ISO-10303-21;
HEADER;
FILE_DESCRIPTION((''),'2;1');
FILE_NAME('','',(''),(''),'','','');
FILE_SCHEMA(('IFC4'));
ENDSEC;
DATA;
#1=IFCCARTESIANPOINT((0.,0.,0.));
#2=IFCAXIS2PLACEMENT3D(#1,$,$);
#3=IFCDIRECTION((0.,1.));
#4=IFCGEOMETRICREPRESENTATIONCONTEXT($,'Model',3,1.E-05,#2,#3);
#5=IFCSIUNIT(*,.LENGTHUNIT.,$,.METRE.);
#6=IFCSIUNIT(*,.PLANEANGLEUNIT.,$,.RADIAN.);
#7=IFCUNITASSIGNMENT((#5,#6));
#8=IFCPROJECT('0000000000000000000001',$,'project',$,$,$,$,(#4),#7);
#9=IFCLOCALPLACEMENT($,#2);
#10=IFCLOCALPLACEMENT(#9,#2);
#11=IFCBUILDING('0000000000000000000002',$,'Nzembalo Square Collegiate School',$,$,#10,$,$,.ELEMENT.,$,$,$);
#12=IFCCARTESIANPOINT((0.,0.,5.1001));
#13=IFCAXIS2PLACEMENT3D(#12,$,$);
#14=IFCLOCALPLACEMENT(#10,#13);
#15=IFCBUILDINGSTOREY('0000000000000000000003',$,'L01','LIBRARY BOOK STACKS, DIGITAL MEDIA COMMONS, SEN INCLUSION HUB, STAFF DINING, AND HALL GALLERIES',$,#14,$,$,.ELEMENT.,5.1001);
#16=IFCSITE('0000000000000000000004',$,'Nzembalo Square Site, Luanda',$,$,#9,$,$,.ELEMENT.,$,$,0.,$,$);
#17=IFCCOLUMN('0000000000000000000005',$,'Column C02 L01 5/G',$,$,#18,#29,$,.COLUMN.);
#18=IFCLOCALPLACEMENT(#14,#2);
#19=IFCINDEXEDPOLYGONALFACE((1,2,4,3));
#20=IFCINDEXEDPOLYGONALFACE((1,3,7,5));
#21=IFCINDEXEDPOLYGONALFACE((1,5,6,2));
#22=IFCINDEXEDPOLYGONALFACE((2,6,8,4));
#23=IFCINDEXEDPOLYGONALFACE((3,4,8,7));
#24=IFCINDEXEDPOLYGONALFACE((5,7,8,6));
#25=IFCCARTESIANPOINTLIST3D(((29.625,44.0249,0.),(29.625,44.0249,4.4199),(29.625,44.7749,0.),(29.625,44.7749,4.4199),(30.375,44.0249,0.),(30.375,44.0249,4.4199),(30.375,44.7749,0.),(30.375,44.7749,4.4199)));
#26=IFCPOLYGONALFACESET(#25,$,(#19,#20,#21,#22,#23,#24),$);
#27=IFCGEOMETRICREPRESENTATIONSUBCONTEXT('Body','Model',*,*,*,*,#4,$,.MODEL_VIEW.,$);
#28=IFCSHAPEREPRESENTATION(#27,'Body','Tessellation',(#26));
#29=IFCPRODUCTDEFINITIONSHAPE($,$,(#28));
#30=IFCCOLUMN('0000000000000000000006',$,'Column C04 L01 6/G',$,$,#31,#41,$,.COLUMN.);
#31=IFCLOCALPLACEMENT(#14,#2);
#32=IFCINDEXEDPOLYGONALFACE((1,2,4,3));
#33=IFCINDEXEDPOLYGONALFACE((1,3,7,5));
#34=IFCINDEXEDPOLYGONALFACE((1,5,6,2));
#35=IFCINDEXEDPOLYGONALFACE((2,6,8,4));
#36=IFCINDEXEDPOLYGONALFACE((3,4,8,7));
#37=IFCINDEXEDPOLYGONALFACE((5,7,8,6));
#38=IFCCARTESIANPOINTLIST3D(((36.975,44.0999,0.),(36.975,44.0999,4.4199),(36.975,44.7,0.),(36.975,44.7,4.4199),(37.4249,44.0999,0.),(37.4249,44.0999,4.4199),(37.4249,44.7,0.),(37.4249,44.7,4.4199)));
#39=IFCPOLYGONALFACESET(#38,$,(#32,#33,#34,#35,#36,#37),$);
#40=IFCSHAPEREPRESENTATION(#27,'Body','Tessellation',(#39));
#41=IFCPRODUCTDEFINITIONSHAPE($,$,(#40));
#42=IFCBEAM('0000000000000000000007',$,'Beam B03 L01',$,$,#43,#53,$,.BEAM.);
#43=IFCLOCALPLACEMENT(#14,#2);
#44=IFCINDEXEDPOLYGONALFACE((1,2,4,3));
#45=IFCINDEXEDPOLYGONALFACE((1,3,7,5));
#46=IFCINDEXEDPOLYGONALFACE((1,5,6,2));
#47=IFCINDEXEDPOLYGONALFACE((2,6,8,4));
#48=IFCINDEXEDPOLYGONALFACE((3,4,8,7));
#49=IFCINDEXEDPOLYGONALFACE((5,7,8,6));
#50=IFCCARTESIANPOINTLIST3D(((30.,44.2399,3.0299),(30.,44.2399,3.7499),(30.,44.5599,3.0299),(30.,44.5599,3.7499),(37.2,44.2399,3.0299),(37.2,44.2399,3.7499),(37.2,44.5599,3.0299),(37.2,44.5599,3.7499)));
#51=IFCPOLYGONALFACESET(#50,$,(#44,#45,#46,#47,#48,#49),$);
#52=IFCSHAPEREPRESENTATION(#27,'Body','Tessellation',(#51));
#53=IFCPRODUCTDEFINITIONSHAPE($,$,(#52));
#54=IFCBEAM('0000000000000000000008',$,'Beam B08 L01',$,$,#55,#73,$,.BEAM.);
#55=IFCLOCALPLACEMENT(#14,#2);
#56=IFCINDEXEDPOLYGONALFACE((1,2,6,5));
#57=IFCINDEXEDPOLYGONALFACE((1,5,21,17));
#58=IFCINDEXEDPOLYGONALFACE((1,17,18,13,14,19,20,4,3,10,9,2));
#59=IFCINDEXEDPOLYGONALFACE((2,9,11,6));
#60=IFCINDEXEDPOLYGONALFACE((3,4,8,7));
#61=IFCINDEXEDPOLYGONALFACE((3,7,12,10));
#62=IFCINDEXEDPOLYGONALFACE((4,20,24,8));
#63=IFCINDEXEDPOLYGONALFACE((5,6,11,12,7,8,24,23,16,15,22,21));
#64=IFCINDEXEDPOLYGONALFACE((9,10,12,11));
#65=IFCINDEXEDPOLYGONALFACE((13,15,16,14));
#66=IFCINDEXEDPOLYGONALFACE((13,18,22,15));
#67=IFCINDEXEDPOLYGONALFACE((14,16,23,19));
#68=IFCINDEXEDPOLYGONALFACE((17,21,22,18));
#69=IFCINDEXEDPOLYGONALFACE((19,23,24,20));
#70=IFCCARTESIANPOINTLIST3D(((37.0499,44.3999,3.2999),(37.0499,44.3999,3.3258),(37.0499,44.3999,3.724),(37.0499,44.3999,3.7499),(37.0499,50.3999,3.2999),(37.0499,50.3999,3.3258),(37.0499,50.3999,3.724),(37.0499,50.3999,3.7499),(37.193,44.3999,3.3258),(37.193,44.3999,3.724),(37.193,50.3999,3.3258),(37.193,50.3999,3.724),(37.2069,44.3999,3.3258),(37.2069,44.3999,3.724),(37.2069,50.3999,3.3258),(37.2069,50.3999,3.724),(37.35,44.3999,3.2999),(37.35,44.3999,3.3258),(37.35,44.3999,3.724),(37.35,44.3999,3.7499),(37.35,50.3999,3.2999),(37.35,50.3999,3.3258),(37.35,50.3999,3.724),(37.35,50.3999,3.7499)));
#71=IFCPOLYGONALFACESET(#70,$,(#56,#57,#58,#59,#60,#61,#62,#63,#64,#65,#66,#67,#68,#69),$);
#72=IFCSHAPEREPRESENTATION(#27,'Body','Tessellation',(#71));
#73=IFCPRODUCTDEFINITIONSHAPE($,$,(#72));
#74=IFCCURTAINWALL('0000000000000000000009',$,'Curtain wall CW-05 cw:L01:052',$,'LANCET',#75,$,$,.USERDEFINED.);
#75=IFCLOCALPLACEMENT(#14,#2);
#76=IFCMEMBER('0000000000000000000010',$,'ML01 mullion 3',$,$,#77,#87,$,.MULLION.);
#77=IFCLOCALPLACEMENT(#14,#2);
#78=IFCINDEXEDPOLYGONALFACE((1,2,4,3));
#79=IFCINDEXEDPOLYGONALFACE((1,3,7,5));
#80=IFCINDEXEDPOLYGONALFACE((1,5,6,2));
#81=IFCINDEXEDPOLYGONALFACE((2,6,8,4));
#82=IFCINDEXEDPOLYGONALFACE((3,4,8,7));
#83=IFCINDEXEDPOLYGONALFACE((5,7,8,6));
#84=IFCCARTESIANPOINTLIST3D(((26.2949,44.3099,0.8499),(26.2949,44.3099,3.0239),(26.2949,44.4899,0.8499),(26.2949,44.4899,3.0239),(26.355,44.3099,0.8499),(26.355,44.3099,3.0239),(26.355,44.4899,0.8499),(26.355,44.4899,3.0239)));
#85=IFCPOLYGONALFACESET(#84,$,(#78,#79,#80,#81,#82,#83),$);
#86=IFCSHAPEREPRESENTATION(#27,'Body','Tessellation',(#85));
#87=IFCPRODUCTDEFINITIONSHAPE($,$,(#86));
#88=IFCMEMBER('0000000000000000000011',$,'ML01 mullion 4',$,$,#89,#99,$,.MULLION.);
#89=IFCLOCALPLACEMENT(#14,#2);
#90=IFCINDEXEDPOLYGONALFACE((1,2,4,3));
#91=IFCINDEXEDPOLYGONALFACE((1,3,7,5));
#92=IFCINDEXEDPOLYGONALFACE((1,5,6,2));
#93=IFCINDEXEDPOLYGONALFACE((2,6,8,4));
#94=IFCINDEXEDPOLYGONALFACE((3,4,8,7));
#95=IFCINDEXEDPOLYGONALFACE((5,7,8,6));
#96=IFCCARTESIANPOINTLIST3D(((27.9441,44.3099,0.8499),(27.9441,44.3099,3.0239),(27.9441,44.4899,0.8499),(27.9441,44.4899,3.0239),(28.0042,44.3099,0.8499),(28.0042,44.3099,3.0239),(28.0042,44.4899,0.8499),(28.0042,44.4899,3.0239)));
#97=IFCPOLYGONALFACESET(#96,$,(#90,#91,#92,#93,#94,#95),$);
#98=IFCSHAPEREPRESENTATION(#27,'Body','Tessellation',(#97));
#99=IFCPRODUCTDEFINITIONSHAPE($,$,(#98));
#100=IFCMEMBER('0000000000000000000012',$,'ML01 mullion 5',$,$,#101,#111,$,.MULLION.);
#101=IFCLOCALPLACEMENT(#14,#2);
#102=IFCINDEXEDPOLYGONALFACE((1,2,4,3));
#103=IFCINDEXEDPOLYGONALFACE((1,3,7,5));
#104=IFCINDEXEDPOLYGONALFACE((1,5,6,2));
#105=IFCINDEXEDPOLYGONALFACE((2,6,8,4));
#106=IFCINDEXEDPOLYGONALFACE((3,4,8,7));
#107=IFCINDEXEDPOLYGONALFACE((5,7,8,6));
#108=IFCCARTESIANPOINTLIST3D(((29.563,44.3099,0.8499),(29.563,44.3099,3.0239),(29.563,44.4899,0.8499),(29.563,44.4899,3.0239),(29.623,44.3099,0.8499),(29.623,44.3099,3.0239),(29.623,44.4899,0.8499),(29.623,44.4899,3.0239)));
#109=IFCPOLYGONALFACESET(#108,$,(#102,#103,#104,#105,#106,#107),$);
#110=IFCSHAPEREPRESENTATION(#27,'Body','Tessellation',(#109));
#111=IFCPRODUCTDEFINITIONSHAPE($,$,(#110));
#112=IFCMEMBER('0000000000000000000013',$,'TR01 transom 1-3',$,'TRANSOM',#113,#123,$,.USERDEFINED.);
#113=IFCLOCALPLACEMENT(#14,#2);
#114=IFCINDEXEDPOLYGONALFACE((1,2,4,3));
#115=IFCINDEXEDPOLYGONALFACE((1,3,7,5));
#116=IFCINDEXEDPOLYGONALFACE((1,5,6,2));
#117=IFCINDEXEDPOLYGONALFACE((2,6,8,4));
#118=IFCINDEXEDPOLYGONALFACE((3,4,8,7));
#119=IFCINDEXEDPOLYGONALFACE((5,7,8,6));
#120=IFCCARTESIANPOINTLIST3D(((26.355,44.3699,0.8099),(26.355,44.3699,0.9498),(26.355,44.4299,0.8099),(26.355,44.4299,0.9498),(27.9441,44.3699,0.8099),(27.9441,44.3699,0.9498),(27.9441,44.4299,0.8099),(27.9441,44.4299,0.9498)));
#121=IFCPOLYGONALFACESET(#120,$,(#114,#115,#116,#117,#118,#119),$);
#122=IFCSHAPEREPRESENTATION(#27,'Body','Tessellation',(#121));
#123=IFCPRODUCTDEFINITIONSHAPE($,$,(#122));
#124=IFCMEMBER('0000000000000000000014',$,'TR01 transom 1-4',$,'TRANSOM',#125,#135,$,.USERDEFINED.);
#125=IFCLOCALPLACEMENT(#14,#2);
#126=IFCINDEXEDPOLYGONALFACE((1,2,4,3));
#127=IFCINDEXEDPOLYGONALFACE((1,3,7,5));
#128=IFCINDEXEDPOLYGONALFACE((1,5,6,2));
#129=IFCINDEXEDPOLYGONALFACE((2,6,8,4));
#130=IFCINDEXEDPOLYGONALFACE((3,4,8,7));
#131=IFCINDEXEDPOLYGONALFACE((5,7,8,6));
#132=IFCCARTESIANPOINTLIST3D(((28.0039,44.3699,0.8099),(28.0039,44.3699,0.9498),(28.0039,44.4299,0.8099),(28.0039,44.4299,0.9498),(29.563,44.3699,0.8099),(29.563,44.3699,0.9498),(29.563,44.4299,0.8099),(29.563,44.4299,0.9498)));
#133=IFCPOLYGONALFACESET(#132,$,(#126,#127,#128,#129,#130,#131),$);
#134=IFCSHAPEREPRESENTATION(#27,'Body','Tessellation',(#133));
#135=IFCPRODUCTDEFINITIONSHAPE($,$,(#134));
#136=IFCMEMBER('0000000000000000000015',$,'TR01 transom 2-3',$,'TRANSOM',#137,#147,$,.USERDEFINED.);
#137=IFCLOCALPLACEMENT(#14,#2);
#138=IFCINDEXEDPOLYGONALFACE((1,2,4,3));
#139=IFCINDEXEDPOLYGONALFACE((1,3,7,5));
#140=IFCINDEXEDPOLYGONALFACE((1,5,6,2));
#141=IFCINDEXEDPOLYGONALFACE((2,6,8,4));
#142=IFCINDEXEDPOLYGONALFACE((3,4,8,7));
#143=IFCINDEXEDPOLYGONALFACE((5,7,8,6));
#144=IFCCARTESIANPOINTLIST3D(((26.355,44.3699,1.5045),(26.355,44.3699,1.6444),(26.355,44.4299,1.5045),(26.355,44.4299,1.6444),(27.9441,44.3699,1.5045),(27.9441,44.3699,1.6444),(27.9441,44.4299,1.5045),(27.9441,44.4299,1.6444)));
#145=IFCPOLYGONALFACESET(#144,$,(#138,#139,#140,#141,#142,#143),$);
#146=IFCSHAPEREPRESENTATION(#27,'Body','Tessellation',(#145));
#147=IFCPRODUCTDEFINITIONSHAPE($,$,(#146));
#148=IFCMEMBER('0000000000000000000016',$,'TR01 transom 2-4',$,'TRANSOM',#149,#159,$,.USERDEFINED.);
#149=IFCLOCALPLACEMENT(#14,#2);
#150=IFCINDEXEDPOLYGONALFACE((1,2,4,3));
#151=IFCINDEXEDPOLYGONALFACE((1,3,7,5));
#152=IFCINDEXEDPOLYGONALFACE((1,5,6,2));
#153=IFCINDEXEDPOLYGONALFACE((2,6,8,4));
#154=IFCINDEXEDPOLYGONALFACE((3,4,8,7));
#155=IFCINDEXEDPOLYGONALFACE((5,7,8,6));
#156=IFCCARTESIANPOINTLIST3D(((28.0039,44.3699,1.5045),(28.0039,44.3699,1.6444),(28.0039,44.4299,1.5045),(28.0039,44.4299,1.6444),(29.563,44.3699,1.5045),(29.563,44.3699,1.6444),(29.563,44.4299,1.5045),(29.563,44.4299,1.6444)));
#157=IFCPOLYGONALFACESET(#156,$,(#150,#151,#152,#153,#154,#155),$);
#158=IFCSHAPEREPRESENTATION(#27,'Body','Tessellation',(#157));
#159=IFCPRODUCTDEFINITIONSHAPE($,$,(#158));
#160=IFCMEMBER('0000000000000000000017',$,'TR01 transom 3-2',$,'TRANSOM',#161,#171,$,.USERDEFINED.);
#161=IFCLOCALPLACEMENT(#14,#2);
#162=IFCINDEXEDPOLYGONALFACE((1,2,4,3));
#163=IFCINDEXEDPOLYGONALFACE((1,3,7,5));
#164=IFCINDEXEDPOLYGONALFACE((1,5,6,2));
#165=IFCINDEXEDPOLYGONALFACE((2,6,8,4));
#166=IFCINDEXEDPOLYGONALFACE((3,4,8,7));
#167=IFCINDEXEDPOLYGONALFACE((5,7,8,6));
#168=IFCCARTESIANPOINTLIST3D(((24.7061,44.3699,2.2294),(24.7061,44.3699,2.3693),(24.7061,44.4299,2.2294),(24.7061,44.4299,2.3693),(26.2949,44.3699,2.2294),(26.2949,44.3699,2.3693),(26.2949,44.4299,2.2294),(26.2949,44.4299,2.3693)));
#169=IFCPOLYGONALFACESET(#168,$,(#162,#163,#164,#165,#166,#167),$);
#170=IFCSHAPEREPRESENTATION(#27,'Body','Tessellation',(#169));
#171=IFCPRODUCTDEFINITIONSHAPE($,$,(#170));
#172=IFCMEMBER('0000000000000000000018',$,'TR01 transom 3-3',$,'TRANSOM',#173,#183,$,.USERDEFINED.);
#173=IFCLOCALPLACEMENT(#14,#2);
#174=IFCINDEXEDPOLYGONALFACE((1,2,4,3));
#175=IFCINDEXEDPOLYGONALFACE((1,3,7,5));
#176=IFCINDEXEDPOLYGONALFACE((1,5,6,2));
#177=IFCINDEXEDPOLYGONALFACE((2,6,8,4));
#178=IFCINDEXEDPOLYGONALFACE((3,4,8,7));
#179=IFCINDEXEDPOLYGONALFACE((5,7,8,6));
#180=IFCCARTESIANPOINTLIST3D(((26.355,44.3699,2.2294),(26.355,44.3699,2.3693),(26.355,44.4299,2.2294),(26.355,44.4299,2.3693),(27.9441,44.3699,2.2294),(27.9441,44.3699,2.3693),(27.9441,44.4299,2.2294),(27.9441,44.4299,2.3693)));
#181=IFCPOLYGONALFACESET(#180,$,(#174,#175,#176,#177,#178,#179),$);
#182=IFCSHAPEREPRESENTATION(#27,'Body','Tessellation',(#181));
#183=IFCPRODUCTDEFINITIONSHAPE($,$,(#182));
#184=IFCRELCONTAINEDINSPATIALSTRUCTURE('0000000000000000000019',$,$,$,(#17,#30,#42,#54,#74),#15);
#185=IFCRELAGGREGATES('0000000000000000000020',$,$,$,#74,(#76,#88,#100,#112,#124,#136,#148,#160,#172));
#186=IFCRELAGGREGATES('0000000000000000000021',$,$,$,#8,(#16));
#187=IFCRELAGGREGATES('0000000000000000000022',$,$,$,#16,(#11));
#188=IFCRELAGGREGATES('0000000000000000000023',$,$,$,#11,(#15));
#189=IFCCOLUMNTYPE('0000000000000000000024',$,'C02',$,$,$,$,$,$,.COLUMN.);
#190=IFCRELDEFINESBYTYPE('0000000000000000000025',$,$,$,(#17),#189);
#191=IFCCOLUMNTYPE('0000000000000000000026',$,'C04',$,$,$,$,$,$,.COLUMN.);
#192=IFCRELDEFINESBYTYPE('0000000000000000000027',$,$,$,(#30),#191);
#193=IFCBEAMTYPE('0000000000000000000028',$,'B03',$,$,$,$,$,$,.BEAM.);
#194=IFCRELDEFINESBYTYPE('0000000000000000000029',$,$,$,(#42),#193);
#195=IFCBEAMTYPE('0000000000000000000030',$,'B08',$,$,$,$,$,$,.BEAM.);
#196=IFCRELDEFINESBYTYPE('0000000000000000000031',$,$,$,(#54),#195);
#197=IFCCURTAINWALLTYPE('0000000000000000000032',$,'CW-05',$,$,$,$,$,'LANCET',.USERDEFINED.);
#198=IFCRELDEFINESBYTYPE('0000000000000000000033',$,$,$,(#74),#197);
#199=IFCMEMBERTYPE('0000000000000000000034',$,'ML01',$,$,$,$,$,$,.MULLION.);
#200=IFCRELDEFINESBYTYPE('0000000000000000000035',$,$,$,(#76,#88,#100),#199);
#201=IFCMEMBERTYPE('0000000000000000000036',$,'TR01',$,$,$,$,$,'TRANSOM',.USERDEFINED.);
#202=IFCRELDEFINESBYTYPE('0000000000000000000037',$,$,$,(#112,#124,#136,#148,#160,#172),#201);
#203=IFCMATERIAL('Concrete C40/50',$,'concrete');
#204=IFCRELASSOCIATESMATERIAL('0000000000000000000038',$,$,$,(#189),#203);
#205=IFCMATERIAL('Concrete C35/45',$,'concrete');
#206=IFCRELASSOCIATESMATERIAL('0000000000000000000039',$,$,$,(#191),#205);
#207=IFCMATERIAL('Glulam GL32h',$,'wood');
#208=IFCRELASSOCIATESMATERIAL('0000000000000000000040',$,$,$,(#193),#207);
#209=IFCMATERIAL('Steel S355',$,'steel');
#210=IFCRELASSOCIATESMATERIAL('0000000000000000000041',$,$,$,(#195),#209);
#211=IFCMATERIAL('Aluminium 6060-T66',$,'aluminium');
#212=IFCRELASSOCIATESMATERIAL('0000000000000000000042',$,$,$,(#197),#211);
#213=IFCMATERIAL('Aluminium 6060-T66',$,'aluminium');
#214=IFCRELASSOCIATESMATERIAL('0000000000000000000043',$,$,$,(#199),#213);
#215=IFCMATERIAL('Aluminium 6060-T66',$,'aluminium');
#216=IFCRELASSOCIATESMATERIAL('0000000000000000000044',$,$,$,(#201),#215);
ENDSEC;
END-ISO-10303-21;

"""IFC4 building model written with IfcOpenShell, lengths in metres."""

from ifc_helpers import new_model, si_unit, direction, frame, origin, origin_2d, place, context, subcontext, project, spatial, rectangle, i_section, extrude, material, material_profile, profile_set, type_object, element, aggregate, save


model = new_model("IFC4")

# Units and contexts
model_context = context("Model", 3, precision=1e-05, world=origin(), true_north=direction((0.0, 1.0)))
body_context = subcontext(model_context, "Body", "Model", "MODEL_VIEW")
ifc_project = project(units=[si_unit("LENGTHUNIT", "METRE"), si_unit("PLANEANGLEUNIT", "RADIAN")], contexts=[model_context])

# Site, building, storey
site_placement = place(None, origin())
site = spatial("IfcSite", under=ifc_project, at=site_placement, Name="Nzembalo Square Site, Luanda", CompositionType="ELEMENT", RefElevation=0.0)
building_placement = place(site_placement, origin())
building = spatial("IfcBuilding", under=site, at=building_placement, Name="Nzembalo Square Collegiate School", CompositionType="ELEMENT")
storey_placement = place(building_placement, frame((0.0, 0.0, 5.1001)))
storey = spatial("IfcBuildingStorey", under=building, at=storey_placement, Name="L01", Description="LIBRARY BOOK STACKS, DIGITAL MEDIA COMMONS, SEN INCLUSION HUB, STAFF DINING, AND HALL GALLERIES", CompositionType="ELEMENT", Elevation=5.1001)

# Columns
ifc_material_1 = material(Name="Concrete C40/50", Category="concrete")
ifc_material_profile_1 = material_profile(ifc_material_1, rectangle(XDim=0.75, YDim=0.75, at=origin_2d()), Name="RC 750x750")
ifc_profile_set_1 = profile_set([ifc_material_profile_1], Name="Concrete C40/50")
column_type_1 = type_object("IfcColumnType", Name="C02", PredefinedType="COLUMN", material=ifc_profile_set_1)
column_1_placement = place(storey_placement, frame((30.0, 44.3999, 0.0), z_axis=(0.0, 0.0, 1.0), x_axis=(1.0, 0.0, 0.0)))
element("IfcColumn", 1, at=column_1_placement, inside=storey, type_object=column_type_1, Name="Column C02 L01 5/G", PredefinedType="COLUMN", context=body_context, shape_type="SweptSolid", body=[
    extrude(rectangle(XDim=0.75, YDim=0.75, at=origin_2d()), origin(), (0.0, 0.0, 1.0), 4.4199),
])
ifc_material_2 = material(Name="Concrete C35/45", Category="concrete")
ifc_material_profile_2 = material_profile(ifc_material_2, rectangle(XDim=0.45, YDim=0.6001, at=origin_2d()), Name="RC 450x600")
ifc_profile_set_2 = profile_set([ifc_material_profile_2], Name="Concrete C35/45")
column_type_2 = type_object("IfcColumnType", Name="C04", PredefinedType="COLUMN", material=ifc_profile_set_2)
column_2_placement = place(storey_placement, frame((37.2, 44.3999, 0.0), z_axis=(0.0, 0.0, 1.0), x_axis=(1.0, 0.0, 0.0)))
element("IfcColumn", 2, at=column_2_placement, inside=storey, type_object=column_type_2, Name="Column C04 L01 6/G", PredefinedType="COLUMN", context=body_context, shape_type="SweptSolid", body=[
    extrude(rectangle(XDim=0.45, YDim=0.6001, at=origin_2d()), origin(), (0.0, 0.0, 1.0), 4.4199),
])

# Beams
ifc_material_3 = material(Name="Glulam GL32h", Category="wood")
ifc_material_profile_3 = material_profile(ifc_material_3, rectangle(XDim=0.3201, YDim=0.72, at=origin_2d()), Name="GL32h 320x720")
ifc_profile_set_3 = profile_set([ifc_material_profile_3], Name="Glulam GL32h")
beam_type_1 = type_object("IfcBeamType", Name="B03", PredefinedType="BEAM", material=ifc_profile_set_3)
beam_1_placement = place(storey_placement, frame((30.0, 44.3999, 3.3899), z_axis=(1.0, 0.0, 0.0), x_axis=(0.0, 1.0, 0.0)))
element("IfcBeam", 3, at=beam_1_placement, inside=storey, type_object=beam_type_1, Name="Beam B03 L01", PredefinedType="BEAM", context=body_context, shape_type="SweptSolid", body=[
    extrude(rectangle(XDim=0.3201, YDim=0.72, at=origin_2d()), origin(), (0.0, 0.0, 1.0), 7.2),
])
ifc_material_4 = material(Name="Steel S355", Category="steel")
ifc_material_profile_4 = material_profile(ifc_material_4, i_section(OverallWidth=0.3, OverallDepth=0.45, WebThickness=0.0139, FlangeThickness=0.0259, at=origin_2d()), Name="HEB 450")
ifc_profile_set_4 = profile_set([ifc_material_profile_4], Name="Steel S355")
beam_type_2 = type_object("IfcBeamType", Name="B08", PredefinedType="BEAM", material=ifc_profile_set_4)
beam_2_placement = place(storey_placement, frame((37.2, 44.3999, 3.5249), z_axis=(0.0, 1.0, 0.0), x_axis=(-1.0, 0.0, 0.0)))
element("IfcBeam", 4, at=beam_2_placement, inside=storey, type_object=beam_type_2, Name="Beam B08 L01", PredefinedType="BEAM", context=body_context, shape_type="SweptSolid", body=[
    extrude(i_section(OverallWidth=0.3, OverallDepth=0.45, WebThickness=0.0139, FlangeThickness=0.0259, at=origin_2d()), origin(), (0.0, 0.0, 1.0), 6.0),
])

# Curtain wall, members
ifc_material_5 = material(Name="Aluminium 6060-T66", Category="aluminium")
curtain_wall_type = type_object("IfcCurtainWallType", Name="CW-05", ElementType="LANCET", PredefinedType="USERDEFINED", material=ifc_material_5)
curtain_wall_placement = place(storey_placement, origin())
curtain_wall = element("IfcCurtainWall", 5, at=curtain_wall_placement, inside=storey, type_object=curtain_wall_type, Name="Curtain wall CW-05 cw:L01:052", ObjectType="LANCET", PredefinedType="USERDEFINED")
ifc_material_6 = material(Name="Aluminium 6060-T66", Category="aluminium")
ifc_material_profile_5 = material_profile(ifc_material_6, rectangle(XDim=0.0601, YDim=0.1799, at=origin_2d()), Name="ALU M60x180")
ifc_profile_set_5 = profile_set([ifc_material_profile_5], Name="Aluminium 6060-T66")
member_type_1 = type_object("IfcMemberType", Name="ML01", PredefinedType="MULLION", material=ifc_profile_set_5)
member_1_placement = place(storey_placement, frame((26.325, 44.3999, 0.8499), z_axis=(0.0, 0.0, 1.0), x_axis=(1.0, 0.0, 0.0)))
member_1 = element("IfcMember", 6, at=member_1_placement, type_object=member_type_1, Name="ML01 mullion 3", PredefinedType="MULLION", context=body_context, shape_type="SweptSolid", body=[
    extrude(rectangle(XDim=0.0601, YDim=0.1799, at=origin_2d()), origin(), (0.0, 0.0, 1.0), 2.1741),
])
member_2_placement = place(storey_placement, frame((27.9741, 44.3999, 0.8499), z_axis=(0.0, 0.0, 1.0), x_axis=(1.0, 0.0, 0.0)))
member_2 = element("IfcMember", 7, at=member_2_placement, type_object=member_type_1, Name="ML01 mullion 4", PredefinedType="MULLION", context=body_context, shape_type="SweptSolid", body=[
    extrude(rectangle(XDim=0.0601, YDim=0.1799, at=origin_2d()), origin(), (0.0, 0.0, 1.0), 2.1741),
])
member_3_placement = place(storey_placement, frame((29.593, 44.3999, 0.8499), z_axis=(0.0, 0.0, 1.0), x_axis=(1.0, 0.0, 0.0)))
member_3 = element("IfcMember", 8, at=member_3_placement, type_object=member_type_1, Name="ML01 mullion 5", PredefinedType="MULLION", context=body_context, shape_type="SweptSolid", body=[
    extrude(rectangle(XDim=0.0601, YDim=0.1799, at=origin_2d()), origin(), (0.0, 0.0, 1.0), 2.1741),
])
ifc_material_7 = material(Name="Aluminium 6060-T66", Category="aluminium")
ifc_material_profile_6 = material_profile(ifc_material_7, rectangle(XDim=0.0601, YDim=0.1399, at=origin_2d()), Name="ALU T60x140")
ifc_profile_set_6 = profile_set([ifc_material_profile_6], Name="Aluminium 6060-T66")
member_type_2 = type_object("IfcMemberType", Name="TR01", ElementType="TRANSOM", PredefinedType="USERDEFINED", material=ifc_profile_set_6)
member_4_placement = place(storey_placement, frame((26.355, 44.3999, 0.8799), z_axis=(1.0, 0.0, 0.0), x_axis=(0.0, 1.0, 0.0)))
member_4 = element("IfcMember", 9, at=member_4_placement, type_object=member_type_2, Name="TR01 transom 1-3", ObjectType="TRANSOM", PredefinedType="USERDEFINED", context=body_context, shape_type="SweptSolid", body=[
    extrude(rectangle(XDim=0.0601, YDim=0.1399, at=origin_2d()), origin(), (0.0, 0.0, 1.0), 1.5891),
])
member_5_placement = place(storey_placement, frame((28.0039, 44.3999, 0.8799), z_axis=(1.0, 0.0, 0.0), x_axis=(0.0, 1.0, 0.0)))
member_5 = element("IfcMember", 10, at=member_5_placement, type_object=member_type_2, Name="TR01 transom 1-4", ObjectType="TRANSOM", PredefinedType="USERDEFINED", context=body_context, shape_type="SweptSolid", body=[
    extrude(rectangle(XDim=0.0601, YDim=0.1399, at=origin_2d()), origin(), (0.0, 0.0, 1.0), 1.5591),
])
member_6_placement = place(storey_placement, frame((26.355, 44.3999, 1.5745), z_axis=(1.0, 0.0, 0.0), x_axis=(0.0, 1.0, 0.0)))
member_6 = element("IfcMember", 11, at=member_6_placement, type_object=member_type_2, Name="TR01 transom 2-3", ObjectType="TRANSOM", PredefinedType="USERDEFINED", context=body_context, shape_type="SweptSolid", body=[
    extrude(rectangle(XDim=0.0601, YDim=0.1399, at=origin_2d()), origin(), (0.0, 0.0, 1.0), 1.5891),
])
member_7_placement = place(storey_placement, frame((28.0039, 44.3999, 1.5745), z_axis=(1.0, 0.0, 0.0), x_axis=(0.0, 1.0, 0.0)))
member_7 = element("IfcMember", 12, at=member_7_placement, type_object=member_type_2, Name="TR01 transom 2-4", ObjectType="TRANSOM", PredefinedType="USERDEFINED", context=body_context, shape_type="SweptSolid", body=[
    extrude(rectangle(XDim=0.0601, YDim=0.1399, at=origin_2d()), origin(), (0.0, 0.0, 1.0), 1.5591),
])
member_8_placement = place(storey_placement, frame((24.7061, 44.3999, 2.2993), z_axis=(1.0, 0.0, 0.0), x_axis=(0.0, 1.0, 0.0)))
member_8 = element("IfcMember", 13, at=member_8_placement, type_object=member_type_2, Name="TR01 transom 3-2", ObjectType="TRANSOM", PredefinedType="USERDEFINED", context=body_context, shape_type="SweptSolid", body=[
    extrude(rectangle(XDim=0.0601, YDim=0.1399, at=origin_2d()), origin(), (0.0, 0.0, 1.0), 1.5889),
])
member_9_placement = place(storey_placement, frame((26.355, 44.3999, 2.2993), z_axis=(1.0, 0.0, 0.0), x_axis=(0.0, 1.0, 0.0)))
member_9 = element("IfcMember", 14, at=member_9_placement, type_object=member_type_2, Name="TR01 transom 3-3", ObjectType="TRANSOM", PredefinedType="USERDEFINED", context=body_context, shape_type="SweptSolid", body=[
    extrude(rectangle(XDim=0.0601, YDim=0.1399, at=origin_2d()), origin(), (0.0, 0.0, 1.0), 1.5891),
])
aggregate(curtain_wall, [member_1, member_2, member_3, member_4, member_5, member_6, member_7, member_8, member_9])

save(model, "model.ifc")
